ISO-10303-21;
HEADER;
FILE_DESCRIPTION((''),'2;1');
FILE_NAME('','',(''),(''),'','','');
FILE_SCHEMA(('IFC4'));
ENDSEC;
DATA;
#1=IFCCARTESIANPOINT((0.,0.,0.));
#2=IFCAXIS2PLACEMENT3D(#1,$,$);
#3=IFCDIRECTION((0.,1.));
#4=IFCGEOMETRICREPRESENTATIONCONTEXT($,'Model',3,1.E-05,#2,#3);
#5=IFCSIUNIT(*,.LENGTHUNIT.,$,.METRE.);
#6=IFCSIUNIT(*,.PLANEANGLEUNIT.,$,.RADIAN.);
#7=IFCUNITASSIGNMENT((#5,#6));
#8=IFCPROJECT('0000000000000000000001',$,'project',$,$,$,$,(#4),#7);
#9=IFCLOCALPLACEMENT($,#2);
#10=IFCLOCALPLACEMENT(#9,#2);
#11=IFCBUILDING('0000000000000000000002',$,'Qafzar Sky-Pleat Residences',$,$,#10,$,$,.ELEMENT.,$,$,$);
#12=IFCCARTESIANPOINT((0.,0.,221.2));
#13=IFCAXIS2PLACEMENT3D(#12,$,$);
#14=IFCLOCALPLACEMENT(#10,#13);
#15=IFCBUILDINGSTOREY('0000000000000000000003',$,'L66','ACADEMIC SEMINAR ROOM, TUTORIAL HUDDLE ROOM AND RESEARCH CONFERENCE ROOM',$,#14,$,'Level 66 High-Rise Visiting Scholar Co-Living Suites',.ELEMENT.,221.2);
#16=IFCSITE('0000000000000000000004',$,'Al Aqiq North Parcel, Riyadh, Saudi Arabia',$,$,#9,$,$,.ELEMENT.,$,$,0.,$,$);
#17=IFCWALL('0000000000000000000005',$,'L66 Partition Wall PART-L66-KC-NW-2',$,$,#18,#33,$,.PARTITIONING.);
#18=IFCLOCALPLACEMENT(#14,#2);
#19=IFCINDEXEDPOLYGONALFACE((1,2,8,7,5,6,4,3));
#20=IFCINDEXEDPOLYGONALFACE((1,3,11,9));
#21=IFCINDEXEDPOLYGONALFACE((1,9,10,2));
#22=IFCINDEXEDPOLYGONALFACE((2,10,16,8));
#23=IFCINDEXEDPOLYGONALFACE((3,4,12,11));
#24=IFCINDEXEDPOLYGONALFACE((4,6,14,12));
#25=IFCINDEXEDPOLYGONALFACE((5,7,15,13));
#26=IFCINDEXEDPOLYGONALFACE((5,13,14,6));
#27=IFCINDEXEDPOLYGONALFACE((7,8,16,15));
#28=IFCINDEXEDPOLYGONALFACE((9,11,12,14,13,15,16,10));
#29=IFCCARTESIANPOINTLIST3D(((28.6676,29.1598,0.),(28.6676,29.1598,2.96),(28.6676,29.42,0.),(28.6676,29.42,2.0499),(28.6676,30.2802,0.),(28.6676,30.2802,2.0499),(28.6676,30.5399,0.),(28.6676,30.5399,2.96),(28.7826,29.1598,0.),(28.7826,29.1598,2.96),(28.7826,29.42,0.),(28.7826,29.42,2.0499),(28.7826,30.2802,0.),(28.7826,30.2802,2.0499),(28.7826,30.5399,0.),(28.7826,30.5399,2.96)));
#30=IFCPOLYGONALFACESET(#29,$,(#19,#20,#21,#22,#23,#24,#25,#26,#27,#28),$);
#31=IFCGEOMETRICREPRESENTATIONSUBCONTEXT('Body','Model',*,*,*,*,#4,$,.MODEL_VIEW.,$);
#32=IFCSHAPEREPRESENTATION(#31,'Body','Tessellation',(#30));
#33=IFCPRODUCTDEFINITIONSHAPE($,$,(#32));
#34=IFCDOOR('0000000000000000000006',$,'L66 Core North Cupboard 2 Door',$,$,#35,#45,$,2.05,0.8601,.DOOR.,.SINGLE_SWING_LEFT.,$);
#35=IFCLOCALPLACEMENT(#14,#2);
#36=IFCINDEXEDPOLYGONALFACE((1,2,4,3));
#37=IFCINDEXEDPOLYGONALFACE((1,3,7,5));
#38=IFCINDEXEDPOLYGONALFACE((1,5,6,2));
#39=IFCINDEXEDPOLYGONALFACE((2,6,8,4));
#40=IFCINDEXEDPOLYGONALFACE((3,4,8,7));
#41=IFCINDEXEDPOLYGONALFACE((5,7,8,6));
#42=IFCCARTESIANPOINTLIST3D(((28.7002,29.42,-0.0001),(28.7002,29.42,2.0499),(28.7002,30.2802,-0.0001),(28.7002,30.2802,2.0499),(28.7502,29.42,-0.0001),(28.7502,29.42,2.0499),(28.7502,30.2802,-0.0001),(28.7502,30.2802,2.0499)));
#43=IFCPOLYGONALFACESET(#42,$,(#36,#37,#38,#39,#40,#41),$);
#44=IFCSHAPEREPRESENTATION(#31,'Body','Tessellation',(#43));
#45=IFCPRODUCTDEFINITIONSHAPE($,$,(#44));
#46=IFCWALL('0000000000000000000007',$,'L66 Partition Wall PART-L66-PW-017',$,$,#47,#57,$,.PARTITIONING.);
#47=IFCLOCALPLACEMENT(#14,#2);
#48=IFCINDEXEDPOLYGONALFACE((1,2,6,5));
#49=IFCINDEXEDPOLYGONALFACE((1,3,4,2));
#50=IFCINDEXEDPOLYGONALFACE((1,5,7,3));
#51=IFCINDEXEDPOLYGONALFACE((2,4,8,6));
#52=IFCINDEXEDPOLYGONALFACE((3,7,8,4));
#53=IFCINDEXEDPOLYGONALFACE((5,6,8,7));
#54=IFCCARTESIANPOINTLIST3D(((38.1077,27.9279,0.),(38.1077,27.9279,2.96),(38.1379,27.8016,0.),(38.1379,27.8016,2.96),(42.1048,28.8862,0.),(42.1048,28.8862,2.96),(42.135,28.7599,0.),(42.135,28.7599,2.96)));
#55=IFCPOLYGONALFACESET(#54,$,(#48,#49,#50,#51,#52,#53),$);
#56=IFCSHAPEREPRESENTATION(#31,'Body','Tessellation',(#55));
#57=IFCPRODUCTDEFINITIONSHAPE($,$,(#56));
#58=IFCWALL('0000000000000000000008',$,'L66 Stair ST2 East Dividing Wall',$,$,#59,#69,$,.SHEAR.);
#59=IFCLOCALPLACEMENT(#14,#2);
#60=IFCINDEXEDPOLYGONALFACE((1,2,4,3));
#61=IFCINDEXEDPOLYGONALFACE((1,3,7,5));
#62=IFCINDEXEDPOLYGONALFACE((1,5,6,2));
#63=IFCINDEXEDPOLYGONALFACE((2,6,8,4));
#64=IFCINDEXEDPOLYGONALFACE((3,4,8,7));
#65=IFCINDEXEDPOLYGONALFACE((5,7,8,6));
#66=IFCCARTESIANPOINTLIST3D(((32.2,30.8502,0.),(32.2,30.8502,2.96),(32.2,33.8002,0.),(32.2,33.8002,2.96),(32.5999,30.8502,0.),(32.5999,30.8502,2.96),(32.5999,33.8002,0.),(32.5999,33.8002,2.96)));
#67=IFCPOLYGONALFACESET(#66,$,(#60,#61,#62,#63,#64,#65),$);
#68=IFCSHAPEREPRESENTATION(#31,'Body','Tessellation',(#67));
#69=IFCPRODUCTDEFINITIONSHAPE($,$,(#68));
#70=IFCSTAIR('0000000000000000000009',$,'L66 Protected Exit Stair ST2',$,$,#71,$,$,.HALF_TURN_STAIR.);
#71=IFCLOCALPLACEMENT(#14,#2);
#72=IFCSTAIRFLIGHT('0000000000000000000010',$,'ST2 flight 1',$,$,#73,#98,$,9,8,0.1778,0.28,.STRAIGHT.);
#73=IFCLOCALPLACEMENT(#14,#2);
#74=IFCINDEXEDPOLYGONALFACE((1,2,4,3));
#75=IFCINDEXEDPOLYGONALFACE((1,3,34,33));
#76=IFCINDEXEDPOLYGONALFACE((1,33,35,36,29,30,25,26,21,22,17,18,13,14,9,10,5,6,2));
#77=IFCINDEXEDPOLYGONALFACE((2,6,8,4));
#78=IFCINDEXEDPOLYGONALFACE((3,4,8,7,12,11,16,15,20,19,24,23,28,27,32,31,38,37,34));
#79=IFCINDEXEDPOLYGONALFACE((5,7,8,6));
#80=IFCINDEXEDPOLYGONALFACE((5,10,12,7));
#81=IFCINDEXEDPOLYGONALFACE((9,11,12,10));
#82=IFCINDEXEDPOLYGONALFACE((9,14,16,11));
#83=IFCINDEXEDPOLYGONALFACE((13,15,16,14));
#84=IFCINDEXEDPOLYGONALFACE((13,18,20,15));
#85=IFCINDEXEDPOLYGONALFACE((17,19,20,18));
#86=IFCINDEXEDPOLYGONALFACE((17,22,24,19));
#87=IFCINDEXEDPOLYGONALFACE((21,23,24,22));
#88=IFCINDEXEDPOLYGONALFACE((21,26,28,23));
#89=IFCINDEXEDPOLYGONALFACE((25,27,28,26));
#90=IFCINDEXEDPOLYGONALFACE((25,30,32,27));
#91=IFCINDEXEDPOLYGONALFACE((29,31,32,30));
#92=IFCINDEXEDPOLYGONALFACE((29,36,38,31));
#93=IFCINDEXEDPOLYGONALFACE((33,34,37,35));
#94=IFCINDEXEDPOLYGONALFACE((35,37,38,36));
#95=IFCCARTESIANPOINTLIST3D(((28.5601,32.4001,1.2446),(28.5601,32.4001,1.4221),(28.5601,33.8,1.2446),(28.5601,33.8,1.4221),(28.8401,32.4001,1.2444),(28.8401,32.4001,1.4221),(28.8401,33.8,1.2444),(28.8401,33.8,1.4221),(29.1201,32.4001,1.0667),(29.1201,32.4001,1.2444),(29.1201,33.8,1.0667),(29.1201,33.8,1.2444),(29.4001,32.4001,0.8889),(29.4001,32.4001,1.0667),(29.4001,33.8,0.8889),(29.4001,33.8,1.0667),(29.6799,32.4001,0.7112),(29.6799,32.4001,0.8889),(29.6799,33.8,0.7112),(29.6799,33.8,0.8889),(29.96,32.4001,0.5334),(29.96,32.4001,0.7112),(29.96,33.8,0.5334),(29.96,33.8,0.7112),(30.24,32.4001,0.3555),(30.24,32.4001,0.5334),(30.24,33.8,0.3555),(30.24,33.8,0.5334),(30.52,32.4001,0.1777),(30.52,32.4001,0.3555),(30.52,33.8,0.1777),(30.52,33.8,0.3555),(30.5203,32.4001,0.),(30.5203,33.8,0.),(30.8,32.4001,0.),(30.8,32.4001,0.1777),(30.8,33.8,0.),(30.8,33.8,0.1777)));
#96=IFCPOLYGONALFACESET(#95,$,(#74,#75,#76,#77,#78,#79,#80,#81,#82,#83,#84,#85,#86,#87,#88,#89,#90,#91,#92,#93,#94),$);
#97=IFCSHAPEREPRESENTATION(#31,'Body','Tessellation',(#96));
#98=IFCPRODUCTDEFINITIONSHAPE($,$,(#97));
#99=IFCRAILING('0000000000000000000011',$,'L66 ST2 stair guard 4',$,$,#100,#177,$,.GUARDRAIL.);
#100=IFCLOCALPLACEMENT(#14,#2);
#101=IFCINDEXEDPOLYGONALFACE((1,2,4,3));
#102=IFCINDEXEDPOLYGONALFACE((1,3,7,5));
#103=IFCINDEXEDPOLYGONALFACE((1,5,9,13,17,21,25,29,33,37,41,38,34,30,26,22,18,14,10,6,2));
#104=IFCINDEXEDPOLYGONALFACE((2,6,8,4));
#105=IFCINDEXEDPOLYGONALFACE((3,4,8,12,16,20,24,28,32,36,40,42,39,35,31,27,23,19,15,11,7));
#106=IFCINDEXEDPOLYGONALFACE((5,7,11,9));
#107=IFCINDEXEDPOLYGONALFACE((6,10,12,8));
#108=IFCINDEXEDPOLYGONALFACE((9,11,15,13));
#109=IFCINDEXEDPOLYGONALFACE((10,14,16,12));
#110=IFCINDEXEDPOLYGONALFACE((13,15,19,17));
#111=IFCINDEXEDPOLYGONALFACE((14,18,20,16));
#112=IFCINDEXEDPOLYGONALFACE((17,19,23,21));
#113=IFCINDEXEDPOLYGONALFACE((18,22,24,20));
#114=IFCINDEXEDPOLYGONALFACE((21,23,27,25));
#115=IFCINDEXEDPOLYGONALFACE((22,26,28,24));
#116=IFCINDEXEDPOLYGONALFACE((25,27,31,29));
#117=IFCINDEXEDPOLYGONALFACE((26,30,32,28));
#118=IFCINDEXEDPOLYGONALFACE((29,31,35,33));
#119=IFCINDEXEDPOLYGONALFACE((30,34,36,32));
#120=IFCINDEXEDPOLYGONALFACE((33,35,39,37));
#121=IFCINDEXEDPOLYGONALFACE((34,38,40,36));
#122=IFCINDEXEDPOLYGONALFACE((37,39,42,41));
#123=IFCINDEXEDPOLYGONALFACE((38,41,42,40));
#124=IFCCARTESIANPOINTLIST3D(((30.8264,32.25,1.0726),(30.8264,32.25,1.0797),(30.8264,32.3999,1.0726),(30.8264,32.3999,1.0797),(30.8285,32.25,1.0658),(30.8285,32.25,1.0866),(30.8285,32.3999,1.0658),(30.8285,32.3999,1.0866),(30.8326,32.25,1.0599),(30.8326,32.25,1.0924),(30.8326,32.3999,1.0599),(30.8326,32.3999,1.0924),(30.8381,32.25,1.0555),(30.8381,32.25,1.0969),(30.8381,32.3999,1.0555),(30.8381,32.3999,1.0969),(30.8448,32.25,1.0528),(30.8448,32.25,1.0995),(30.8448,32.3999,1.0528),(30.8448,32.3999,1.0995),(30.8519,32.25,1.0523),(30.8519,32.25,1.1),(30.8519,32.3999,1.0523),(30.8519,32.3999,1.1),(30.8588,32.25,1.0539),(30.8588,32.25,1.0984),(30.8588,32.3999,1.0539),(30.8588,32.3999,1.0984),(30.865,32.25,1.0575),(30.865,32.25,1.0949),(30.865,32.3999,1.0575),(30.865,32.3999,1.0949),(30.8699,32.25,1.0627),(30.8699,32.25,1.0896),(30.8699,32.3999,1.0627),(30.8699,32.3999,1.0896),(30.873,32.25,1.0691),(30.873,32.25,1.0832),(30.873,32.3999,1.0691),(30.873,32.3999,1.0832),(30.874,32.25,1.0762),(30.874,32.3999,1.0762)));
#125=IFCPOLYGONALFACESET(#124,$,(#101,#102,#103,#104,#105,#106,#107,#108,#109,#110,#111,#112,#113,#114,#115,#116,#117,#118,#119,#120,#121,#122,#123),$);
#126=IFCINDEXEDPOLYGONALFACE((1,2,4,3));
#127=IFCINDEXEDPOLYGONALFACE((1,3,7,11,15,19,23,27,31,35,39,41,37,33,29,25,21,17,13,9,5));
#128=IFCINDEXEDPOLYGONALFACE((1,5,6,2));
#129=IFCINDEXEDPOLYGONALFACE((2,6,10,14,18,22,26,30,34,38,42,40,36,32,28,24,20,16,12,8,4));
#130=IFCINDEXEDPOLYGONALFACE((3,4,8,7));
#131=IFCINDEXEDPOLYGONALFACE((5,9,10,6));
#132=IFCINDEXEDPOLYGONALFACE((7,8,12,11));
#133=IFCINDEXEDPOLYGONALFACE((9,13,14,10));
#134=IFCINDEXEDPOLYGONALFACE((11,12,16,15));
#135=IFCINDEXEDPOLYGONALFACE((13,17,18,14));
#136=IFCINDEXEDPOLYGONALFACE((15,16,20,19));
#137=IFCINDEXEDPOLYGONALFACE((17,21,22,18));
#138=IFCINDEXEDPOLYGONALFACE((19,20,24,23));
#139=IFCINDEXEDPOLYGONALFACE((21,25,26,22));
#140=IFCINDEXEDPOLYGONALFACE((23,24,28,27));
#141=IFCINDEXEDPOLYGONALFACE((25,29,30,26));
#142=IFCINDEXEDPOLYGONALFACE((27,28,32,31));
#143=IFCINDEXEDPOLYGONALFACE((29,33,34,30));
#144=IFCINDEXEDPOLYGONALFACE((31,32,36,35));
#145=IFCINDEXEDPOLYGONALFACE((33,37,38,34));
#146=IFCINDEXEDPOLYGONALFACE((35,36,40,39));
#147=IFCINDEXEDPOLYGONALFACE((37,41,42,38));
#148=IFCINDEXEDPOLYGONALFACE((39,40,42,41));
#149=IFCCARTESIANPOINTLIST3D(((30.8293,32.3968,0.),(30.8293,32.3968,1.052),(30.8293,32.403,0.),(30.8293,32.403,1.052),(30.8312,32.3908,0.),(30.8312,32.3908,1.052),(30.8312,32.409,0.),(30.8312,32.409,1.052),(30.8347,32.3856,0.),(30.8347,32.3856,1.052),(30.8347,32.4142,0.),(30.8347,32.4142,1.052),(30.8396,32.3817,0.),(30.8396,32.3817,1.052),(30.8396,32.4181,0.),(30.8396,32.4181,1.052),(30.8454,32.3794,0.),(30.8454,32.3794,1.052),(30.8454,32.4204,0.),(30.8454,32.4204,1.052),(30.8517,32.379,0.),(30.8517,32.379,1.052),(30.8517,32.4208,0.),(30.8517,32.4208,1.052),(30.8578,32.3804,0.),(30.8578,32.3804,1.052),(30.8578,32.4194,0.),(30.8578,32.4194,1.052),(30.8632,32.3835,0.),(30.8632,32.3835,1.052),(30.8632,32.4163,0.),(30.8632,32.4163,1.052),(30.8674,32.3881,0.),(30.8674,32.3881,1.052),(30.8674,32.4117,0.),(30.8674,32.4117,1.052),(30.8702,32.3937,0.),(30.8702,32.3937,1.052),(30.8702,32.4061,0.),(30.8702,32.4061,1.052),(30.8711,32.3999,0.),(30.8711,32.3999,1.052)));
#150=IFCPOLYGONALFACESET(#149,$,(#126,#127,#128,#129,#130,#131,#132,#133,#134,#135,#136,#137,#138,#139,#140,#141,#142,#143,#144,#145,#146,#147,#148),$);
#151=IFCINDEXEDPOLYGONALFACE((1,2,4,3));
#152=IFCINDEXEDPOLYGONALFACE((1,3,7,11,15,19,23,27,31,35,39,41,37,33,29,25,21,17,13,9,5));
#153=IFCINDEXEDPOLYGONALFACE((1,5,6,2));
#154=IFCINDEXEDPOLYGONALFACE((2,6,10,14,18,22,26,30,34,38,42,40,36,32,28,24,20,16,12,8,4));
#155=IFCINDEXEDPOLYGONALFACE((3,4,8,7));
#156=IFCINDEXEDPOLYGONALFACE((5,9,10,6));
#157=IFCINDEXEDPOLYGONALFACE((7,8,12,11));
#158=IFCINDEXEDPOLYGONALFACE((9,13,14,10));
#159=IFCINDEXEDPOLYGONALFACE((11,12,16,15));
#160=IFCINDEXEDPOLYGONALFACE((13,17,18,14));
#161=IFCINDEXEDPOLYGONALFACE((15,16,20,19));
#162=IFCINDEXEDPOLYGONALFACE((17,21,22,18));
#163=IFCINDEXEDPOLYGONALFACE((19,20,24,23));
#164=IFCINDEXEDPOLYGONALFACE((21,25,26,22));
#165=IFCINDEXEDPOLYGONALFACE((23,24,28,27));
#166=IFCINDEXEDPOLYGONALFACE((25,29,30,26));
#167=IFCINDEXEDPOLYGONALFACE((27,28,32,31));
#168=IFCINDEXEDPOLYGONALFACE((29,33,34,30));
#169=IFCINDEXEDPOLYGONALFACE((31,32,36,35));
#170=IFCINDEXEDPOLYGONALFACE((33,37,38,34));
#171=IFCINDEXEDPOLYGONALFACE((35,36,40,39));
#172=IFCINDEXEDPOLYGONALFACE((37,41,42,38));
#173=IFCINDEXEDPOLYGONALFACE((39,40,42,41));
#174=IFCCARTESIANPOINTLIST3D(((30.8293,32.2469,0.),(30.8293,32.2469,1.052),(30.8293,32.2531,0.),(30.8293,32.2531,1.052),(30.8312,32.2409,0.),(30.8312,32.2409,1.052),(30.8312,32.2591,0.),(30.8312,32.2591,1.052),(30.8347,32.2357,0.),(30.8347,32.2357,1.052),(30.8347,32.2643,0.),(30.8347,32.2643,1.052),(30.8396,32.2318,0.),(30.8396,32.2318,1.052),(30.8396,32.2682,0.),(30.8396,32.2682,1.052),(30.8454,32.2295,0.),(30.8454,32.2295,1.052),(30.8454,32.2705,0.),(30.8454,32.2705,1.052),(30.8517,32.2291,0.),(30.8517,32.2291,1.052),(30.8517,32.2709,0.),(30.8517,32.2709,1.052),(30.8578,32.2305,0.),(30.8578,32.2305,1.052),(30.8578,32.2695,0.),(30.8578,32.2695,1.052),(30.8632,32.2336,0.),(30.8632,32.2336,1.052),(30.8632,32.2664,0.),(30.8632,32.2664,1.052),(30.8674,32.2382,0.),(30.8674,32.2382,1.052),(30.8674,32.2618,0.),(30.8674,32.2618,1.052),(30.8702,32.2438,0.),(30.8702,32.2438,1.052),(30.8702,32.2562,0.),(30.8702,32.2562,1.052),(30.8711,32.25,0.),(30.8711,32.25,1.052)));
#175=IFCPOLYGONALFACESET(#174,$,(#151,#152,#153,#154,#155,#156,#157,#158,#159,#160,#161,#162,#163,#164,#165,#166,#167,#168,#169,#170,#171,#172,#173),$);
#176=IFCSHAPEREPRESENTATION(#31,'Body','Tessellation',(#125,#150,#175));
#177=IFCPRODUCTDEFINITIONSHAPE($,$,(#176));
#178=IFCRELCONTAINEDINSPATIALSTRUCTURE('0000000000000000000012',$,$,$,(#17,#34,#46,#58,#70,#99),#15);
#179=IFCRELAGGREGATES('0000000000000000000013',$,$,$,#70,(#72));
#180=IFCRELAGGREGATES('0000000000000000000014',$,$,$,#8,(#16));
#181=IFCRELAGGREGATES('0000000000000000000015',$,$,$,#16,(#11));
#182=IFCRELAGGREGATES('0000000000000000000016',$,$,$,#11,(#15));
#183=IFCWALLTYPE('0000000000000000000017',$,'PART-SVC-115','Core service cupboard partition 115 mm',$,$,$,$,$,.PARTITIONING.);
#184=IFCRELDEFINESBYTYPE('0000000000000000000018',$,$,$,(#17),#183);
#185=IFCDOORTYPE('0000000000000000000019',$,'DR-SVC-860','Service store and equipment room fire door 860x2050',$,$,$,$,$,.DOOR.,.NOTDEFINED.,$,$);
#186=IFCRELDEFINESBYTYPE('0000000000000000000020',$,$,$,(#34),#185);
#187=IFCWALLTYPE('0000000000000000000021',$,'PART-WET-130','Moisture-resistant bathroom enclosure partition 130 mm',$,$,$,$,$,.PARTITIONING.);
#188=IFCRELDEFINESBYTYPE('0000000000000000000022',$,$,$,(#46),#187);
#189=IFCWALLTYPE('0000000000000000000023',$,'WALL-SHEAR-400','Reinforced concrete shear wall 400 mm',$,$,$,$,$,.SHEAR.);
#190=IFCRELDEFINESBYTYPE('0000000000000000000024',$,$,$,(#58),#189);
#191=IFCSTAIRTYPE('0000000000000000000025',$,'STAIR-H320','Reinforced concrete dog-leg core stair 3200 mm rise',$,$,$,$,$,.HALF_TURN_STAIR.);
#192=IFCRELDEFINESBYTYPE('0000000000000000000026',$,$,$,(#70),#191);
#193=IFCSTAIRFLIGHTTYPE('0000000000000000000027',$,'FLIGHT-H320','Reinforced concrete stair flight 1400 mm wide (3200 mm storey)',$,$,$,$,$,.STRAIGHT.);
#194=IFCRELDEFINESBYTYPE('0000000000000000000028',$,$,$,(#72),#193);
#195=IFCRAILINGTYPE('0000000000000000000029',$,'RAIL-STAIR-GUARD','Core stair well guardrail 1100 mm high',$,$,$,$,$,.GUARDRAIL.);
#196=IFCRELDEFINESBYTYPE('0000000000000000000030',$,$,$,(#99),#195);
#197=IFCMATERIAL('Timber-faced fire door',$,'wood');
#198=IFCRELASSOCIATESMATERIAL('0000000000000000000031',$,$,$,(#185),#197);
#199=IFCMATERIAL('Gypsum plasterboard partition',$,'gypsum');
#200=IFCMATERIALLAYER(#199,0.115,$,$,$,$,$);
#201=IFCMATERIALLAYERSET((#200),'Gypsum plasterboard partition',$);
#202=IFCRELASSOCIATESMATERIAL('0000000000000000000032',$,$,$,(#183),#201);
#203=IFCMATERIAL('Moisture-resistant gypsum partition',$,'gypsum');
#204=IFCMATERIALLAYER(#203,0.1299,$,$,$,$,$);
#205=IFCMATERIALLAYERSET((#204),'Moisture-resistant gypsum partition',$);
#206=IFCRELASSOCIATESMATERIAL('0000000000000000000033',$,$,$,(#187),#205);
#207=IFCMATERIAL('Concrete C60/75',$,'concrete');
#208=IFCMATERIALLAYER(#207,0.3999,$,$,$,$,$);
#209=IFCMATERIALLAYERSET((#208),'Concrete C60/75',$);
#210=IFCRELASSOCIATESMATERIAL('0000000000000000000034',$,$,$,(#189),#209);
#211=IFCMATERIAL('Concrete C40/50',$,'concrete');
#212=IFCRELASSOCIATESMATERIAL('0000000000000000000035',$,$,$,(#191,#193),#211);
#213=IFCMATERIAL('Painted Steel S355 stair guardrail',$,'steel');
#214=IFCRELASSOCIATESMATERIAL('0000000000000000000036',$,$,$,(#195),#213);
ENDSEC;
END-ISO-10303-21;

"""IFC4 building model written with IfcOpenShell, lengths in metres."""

from ifc_helpers import new_model, si_unit, direction, frame, frame_2d, origin, origin_2d, place, context, subcontext, project, spatial, polyline, rectangle, circle, outline, extrude, source, transform, mapped, material, layer, layer_set, type_object, element, fill, aggregate, save


model = new_model("IFC4")

# Units and contexts
model_context = context("Model", 3, precision=1e-05, world=origin(), true_north=direction((0.0, 1.0)))
body_context = subcontext(model_context, "Body", "Model", "MODEL_VIEW")
ifc_project = project(units=[si_unit("LENGTHUNIT", "METRE"), si_unit("PLANEANGLEUNIT", "RADIAN")], contexts=[model_context])

# Site, building, storey
site_placement = place(None, origin())
site = spatial("IfcSite", under=ifc_project, at=site_placement, Name="Al Aqiq North Parcel, Riyadh, Saudi Arabia", CompositionType="ELEMENT", RefElevation=0.0)
building_placement = place(site_placement, origin())
building = spatial("IfcBuilding", under=site, at=building_placement, Name="Qafzar Sky-Pleat Residences", CompositionType="ELEMENT")
storey_placement = place(building_placement, frame((0.0, 0.0, 221.2)))
storey = spatial("IfcBuildingStorey", under=building, at=storey_placement, Name="L66", Description="ACADEMIC SEMINAR ROOM, TUTORIAL HUDDLE ROOM AND RESEARCH CONFERENCE ROOM", LongName="Level 66 High-Rise Visiting Scholar Co-Living Suites", CompositionType="ELEMENT", Elevation=221.2)

# Shared definitions
ifc_material_1 = material(Name="Timber-faced fire door", Category="wood")
door_type_1 = type_object("IfcDoorType", Name="DR-SVC-860", Description="Service store and equipment room fire door 860x2050", OperationType="NOTDEFINED", PredefinedType="DOOR", material=ifc_material_1)
shared_shape_1 = source(origin(), body_context, "Body", "SweptSolid", [
    extrude(rectangle(XDim=0.8601, YDim=2.05, at=frame_2d((0.4302, 1.0249))), frame((0.0, 0.0249, 0.0), z_axis=(0.0, -1.0, 0.0), x_axis=(1.0, 0.0, 0.0)), (0.0, 0.0, 1.0), 0.05),
])

# Wall, opening, door
ifc_material_2 = material(Name="Gypsum plasterboard partition", Category="gypsum")
ifc_layer_1 = layer(ifc_material_2, 0.115)
ifc_layer_set_1 = layer_set([ifc_layer_1], Name="Gypsum plasterboard partition")
wall_type_1 = type_object("IfcWallType", Name="PART-SVC-115", Description="Core service cupboard partition 115 mm", PredefinedType="PARTITIONING", material=ifc_layer_set_1)
wall_1_placement = place(storey_placement, frame((28.7251, 29.1599, 0.0), z_axis=(0.0, 0.0, 1.0), x_axis=(0.0, 1.0, 0.0)))
wall_1 = element("IfcWall", 1, at=wall_1_placement, inside=storey, type_object=wall_type_1, Name="L66 Partition Wall PART-L66-KC-NW-2", PredefinedType="PARTITIONING", context=body_context, shape_type="SweptSolid", body=[
    extrude(rectangle(XDim=1.3801, YDim=0.115, at=frame_2d((0.6899, 0.0))), origin(), (0.0, 0.0, 1.0), 2.96),
])
opening_1_placement = place(wall_1_placement, frame((0.26, 0.0, 0.0)))
opening_1 = element("IfcOpeningElement", 2, at=opening_1_placement, cuts=wall_1, PredefinedType="OPENING", context=body_context, shape_type="SweptSolid", body=[
    extrude(rectangle(XDim=0.8601, YDim=2.05, at=frame_2d((0.4302, 1.0249))), frame((0.0, 0.0674, 0.0), z_axis=(0.0, -1.0, 0.0), x_axis=(1.0, 0.0, 0.0)), (0.0, 0.0, 1.0), 0.135),
])
door_1_placement = place(opening_1_placement, origin())
door_1 = element("IfcDoor", 3, at=door_1_placement, inside=storey, type_object=door_type_1, Name="L66 Core North Cupboard 2 Door", OperationType="SINGLE_SWING_LEFT", OverallHeight=2.05, OverallWidth=0.8601, PredefinedType="DOOR", context=body_context, shape_type="MappedRepresentation", body=[
    mapped(shared_shape_1, transform((0.0, 0.0, 0.0), x_axis=(1.0, 0.0, 0.0), y_axis=(0.0, 1.0, 0.0), z_axis=(0.0, 0.0, 1.0), scale=1.0)),
])
fill(opening_1, door_1)

# Walls
ifc_material_3 = material(Name="Moisture-resistant gypsum partition", Category="gypsum")
ifc_layer_2 = layer(ifc_material_3, 0.1299)
ifc_layer_set_2 = layer_set([ifc_layer_2], Name="Moisture-resistant gypsum partition")
wall_type_2 = type_object("IfcWallType", Name="PART-WET-130", Description="Moisture-resistant bathroom enclosure partition 130 mm", PredefinedType="PARTITIONING", material=ifc_layer_set_2)
wall_2_placement = place(storey_placement, frame((38.1228, 27.8647, 0.0), z_axis=(0.0, 0.0, 1.0), x_axis=(0.972445, 0.233133, 0.0)))
element("IfcWall", 4, at=wall_2_placement, inside=storey, type_object=wall_type_2, Name="L66 Partition Wall PART-L66-PW-017", PredefinedType="PARTITIONING", context=body_context, shape_type="SweptSolid", body=[
    extrude(rectangle(XDim=4.1104, YDim=0.1299, at=frame_2d((2.0552, 0.0))), origin(), (0.0, 0.0, 1.0), 2.96),
])
ifc_material_4 = material(Name="Concrete C60/75", Category="concrete")
ifc_layer_3 = layer(ifc_material_4, 0.3999)
ifc_layer_set_3 = layer_set([ifc_layer_3], Name="Concrete C60/75")
wall_type_3 = type_object("IfcWallType", Name="WALL-SHEAR-400", Description="Reinforced concrete shear wall 400 mm", PredefinedType="SHEAR", material=ifc_layer_set_3)
wall_3_placement = place(storey_placement, frame((32.3999, 30.8501, 0.0), z_axis=(0.0, 0.0, 1.0), x_axis=(0.0, 1.0, 0.0)))
element("IfcWall", 5, at=wall_3_placement, inside=storey, type_object=wall_type_3, Name="L66 Stair ST2 East Dividing Wall", PredefinedType="SHEAR", context=body_context, shape_type="SweptSolid", body=[
    extrude(rectangle(XDim=2.95, YDim=0.3999, at=frame_2d((1.4751, 0.0))), origin(), (0.0, 0.0, 1.0), 2.96),
])

# Stair, stair flight
ifc_material_5 = material(Name="Concrete C40/50", Category="concrete")
stair_type = type_object("IfcStairType", Name="STAIR-H320", Description="Reinforced concrete dog-leg core stair 3200 mm rise", PredefinedType="HALF_TURN_STAIR", material=ifc_material_5)
stair_placement = place(storey_placement, origin())
stair = element("IfcStair", 6, at=stair_placement, inside=storey, type_object=stair_type, Name="L66 Protected Exit Stair ST2", PredefinedType="HALF_TURN_STAIR")
stair_flight_type = type_object("IfcStairFlightType", Name="FLIGHT-H320", Description="Reinforced concrete stair flight 1400 mm wide (3200 mm storey)", PredefinedType="STRAIGHT", material=ifc_material_5)
shared_shape_2 = source(origin(), body_context, "Body", "SweptSolid", [
    extrude(outline(polyline([(0.0, 0.0), (0.0, 0.1777), (0.28, 0.1777), (0.28, 0.3555), (0.5601, 0.3555), (0.5601, 0.5334), (0.8401, 0.5334), (0.8401, 0.7112), (1.1201, 0.7112), (1.1201, 0.8889), (1.3999, 0.8889), (1.3999, 1.0667), (1.6799, 1.0667), (1.6799, 1.2444), (1.96, 1.2444), (1.96, 1.4221), (2.24, 1.4221), (2.24, 1.6001), (2.24, 1.2446), (0.2798, 0.0), (0.0, 0.0)])), frame((0.0, 0.7, 0.0), z_axis=(0.0, -1.0, 0.0), x_axis=(1.0, 0.0, 0.0)), (0.0, 0.0, 1.0), 1.3999),
])
stair_flight_placement = place(storey_placement, frame((30.8, 33.1001, 0.0), z_axis=(0.0, 0.0, 1.0), x_axis=(-1.0, 0.0, 0.0)))
stair_flight = element("IfcStairFlight", 7, at=stair_flight_placement, type_object=stair_flight_type, Name="ST2 flight 1", NumberOfRisers=9, NumberOfTreads=8, PredefinedType="STRAIGHT", RiserHeight=0.1778, TreadLength=0.28, context=body_context, shape_type="MappedRepresentation", body=[
    mapped(shared_shape_2, transform((0.0, 0.0, 0.0), x_axis=(1.0, 0.0, 0.0), y_axis=(0.0, 1.0, 0.0), z_axis=(0.0, 0.0, 1.0), scale=1.0)),
])
aggregate(stair, [stair_flight])

# Railing
ifc_material_6 = material(Name="Painted Steel S355 stair guardrail", Category="steel")
railing_type = type_object("IfcRailingType", Name="RAIL-STAIR-GUARD", Description="Core stair well guardrail 1100 mm high", PredefinedType="GUARDRAIL", material=ifc_material_6)
shared_shape_3 = source(origin(), body_context, "Body", "SweptSolid", [
    extrude(circle(Radius=0.0239, at=origin_2d()), frame((0.0, 0.0, 1.0762), z_axis=(0.0, -1.0, 0.0), x_axis=(1.0, 0.0, 0.0)), (0.0, 0.0, 1.0), 0.1499),
    extrude(circle(Radius=0.021, at=origin_2d()), origin(), (0.0, 0.0, 1.0), 1.052),
    extrude(circle(Radius=0.021, at=origin_2d()), frame((0.0, -0.1499, 0.0)), (0.0, 0.0, 1.0), 1.052),
])
railing_1_placement = place(storey_placement, frame((30.8501, 32.3999, 0.0)))
element("IfcRailing", 8, at=railing_1_placement, inside=storey, type_object=railing_type, Name="L66 ST2 stair guard 4", PredefinedType="GUARDRAIL", context=body_context, shape_type="MappedRepresentation", body=[
    mapped(shared_shape_3, transform((0.0, 0.0, 0.0), x_axis=(1.0, 0.0, 0.0), y_axis=(0.0, 1.0, 0.0), z_axis=(0.0, 0.0, 1.0), scale=1.0)),
])

save(model, "model.ifc")
